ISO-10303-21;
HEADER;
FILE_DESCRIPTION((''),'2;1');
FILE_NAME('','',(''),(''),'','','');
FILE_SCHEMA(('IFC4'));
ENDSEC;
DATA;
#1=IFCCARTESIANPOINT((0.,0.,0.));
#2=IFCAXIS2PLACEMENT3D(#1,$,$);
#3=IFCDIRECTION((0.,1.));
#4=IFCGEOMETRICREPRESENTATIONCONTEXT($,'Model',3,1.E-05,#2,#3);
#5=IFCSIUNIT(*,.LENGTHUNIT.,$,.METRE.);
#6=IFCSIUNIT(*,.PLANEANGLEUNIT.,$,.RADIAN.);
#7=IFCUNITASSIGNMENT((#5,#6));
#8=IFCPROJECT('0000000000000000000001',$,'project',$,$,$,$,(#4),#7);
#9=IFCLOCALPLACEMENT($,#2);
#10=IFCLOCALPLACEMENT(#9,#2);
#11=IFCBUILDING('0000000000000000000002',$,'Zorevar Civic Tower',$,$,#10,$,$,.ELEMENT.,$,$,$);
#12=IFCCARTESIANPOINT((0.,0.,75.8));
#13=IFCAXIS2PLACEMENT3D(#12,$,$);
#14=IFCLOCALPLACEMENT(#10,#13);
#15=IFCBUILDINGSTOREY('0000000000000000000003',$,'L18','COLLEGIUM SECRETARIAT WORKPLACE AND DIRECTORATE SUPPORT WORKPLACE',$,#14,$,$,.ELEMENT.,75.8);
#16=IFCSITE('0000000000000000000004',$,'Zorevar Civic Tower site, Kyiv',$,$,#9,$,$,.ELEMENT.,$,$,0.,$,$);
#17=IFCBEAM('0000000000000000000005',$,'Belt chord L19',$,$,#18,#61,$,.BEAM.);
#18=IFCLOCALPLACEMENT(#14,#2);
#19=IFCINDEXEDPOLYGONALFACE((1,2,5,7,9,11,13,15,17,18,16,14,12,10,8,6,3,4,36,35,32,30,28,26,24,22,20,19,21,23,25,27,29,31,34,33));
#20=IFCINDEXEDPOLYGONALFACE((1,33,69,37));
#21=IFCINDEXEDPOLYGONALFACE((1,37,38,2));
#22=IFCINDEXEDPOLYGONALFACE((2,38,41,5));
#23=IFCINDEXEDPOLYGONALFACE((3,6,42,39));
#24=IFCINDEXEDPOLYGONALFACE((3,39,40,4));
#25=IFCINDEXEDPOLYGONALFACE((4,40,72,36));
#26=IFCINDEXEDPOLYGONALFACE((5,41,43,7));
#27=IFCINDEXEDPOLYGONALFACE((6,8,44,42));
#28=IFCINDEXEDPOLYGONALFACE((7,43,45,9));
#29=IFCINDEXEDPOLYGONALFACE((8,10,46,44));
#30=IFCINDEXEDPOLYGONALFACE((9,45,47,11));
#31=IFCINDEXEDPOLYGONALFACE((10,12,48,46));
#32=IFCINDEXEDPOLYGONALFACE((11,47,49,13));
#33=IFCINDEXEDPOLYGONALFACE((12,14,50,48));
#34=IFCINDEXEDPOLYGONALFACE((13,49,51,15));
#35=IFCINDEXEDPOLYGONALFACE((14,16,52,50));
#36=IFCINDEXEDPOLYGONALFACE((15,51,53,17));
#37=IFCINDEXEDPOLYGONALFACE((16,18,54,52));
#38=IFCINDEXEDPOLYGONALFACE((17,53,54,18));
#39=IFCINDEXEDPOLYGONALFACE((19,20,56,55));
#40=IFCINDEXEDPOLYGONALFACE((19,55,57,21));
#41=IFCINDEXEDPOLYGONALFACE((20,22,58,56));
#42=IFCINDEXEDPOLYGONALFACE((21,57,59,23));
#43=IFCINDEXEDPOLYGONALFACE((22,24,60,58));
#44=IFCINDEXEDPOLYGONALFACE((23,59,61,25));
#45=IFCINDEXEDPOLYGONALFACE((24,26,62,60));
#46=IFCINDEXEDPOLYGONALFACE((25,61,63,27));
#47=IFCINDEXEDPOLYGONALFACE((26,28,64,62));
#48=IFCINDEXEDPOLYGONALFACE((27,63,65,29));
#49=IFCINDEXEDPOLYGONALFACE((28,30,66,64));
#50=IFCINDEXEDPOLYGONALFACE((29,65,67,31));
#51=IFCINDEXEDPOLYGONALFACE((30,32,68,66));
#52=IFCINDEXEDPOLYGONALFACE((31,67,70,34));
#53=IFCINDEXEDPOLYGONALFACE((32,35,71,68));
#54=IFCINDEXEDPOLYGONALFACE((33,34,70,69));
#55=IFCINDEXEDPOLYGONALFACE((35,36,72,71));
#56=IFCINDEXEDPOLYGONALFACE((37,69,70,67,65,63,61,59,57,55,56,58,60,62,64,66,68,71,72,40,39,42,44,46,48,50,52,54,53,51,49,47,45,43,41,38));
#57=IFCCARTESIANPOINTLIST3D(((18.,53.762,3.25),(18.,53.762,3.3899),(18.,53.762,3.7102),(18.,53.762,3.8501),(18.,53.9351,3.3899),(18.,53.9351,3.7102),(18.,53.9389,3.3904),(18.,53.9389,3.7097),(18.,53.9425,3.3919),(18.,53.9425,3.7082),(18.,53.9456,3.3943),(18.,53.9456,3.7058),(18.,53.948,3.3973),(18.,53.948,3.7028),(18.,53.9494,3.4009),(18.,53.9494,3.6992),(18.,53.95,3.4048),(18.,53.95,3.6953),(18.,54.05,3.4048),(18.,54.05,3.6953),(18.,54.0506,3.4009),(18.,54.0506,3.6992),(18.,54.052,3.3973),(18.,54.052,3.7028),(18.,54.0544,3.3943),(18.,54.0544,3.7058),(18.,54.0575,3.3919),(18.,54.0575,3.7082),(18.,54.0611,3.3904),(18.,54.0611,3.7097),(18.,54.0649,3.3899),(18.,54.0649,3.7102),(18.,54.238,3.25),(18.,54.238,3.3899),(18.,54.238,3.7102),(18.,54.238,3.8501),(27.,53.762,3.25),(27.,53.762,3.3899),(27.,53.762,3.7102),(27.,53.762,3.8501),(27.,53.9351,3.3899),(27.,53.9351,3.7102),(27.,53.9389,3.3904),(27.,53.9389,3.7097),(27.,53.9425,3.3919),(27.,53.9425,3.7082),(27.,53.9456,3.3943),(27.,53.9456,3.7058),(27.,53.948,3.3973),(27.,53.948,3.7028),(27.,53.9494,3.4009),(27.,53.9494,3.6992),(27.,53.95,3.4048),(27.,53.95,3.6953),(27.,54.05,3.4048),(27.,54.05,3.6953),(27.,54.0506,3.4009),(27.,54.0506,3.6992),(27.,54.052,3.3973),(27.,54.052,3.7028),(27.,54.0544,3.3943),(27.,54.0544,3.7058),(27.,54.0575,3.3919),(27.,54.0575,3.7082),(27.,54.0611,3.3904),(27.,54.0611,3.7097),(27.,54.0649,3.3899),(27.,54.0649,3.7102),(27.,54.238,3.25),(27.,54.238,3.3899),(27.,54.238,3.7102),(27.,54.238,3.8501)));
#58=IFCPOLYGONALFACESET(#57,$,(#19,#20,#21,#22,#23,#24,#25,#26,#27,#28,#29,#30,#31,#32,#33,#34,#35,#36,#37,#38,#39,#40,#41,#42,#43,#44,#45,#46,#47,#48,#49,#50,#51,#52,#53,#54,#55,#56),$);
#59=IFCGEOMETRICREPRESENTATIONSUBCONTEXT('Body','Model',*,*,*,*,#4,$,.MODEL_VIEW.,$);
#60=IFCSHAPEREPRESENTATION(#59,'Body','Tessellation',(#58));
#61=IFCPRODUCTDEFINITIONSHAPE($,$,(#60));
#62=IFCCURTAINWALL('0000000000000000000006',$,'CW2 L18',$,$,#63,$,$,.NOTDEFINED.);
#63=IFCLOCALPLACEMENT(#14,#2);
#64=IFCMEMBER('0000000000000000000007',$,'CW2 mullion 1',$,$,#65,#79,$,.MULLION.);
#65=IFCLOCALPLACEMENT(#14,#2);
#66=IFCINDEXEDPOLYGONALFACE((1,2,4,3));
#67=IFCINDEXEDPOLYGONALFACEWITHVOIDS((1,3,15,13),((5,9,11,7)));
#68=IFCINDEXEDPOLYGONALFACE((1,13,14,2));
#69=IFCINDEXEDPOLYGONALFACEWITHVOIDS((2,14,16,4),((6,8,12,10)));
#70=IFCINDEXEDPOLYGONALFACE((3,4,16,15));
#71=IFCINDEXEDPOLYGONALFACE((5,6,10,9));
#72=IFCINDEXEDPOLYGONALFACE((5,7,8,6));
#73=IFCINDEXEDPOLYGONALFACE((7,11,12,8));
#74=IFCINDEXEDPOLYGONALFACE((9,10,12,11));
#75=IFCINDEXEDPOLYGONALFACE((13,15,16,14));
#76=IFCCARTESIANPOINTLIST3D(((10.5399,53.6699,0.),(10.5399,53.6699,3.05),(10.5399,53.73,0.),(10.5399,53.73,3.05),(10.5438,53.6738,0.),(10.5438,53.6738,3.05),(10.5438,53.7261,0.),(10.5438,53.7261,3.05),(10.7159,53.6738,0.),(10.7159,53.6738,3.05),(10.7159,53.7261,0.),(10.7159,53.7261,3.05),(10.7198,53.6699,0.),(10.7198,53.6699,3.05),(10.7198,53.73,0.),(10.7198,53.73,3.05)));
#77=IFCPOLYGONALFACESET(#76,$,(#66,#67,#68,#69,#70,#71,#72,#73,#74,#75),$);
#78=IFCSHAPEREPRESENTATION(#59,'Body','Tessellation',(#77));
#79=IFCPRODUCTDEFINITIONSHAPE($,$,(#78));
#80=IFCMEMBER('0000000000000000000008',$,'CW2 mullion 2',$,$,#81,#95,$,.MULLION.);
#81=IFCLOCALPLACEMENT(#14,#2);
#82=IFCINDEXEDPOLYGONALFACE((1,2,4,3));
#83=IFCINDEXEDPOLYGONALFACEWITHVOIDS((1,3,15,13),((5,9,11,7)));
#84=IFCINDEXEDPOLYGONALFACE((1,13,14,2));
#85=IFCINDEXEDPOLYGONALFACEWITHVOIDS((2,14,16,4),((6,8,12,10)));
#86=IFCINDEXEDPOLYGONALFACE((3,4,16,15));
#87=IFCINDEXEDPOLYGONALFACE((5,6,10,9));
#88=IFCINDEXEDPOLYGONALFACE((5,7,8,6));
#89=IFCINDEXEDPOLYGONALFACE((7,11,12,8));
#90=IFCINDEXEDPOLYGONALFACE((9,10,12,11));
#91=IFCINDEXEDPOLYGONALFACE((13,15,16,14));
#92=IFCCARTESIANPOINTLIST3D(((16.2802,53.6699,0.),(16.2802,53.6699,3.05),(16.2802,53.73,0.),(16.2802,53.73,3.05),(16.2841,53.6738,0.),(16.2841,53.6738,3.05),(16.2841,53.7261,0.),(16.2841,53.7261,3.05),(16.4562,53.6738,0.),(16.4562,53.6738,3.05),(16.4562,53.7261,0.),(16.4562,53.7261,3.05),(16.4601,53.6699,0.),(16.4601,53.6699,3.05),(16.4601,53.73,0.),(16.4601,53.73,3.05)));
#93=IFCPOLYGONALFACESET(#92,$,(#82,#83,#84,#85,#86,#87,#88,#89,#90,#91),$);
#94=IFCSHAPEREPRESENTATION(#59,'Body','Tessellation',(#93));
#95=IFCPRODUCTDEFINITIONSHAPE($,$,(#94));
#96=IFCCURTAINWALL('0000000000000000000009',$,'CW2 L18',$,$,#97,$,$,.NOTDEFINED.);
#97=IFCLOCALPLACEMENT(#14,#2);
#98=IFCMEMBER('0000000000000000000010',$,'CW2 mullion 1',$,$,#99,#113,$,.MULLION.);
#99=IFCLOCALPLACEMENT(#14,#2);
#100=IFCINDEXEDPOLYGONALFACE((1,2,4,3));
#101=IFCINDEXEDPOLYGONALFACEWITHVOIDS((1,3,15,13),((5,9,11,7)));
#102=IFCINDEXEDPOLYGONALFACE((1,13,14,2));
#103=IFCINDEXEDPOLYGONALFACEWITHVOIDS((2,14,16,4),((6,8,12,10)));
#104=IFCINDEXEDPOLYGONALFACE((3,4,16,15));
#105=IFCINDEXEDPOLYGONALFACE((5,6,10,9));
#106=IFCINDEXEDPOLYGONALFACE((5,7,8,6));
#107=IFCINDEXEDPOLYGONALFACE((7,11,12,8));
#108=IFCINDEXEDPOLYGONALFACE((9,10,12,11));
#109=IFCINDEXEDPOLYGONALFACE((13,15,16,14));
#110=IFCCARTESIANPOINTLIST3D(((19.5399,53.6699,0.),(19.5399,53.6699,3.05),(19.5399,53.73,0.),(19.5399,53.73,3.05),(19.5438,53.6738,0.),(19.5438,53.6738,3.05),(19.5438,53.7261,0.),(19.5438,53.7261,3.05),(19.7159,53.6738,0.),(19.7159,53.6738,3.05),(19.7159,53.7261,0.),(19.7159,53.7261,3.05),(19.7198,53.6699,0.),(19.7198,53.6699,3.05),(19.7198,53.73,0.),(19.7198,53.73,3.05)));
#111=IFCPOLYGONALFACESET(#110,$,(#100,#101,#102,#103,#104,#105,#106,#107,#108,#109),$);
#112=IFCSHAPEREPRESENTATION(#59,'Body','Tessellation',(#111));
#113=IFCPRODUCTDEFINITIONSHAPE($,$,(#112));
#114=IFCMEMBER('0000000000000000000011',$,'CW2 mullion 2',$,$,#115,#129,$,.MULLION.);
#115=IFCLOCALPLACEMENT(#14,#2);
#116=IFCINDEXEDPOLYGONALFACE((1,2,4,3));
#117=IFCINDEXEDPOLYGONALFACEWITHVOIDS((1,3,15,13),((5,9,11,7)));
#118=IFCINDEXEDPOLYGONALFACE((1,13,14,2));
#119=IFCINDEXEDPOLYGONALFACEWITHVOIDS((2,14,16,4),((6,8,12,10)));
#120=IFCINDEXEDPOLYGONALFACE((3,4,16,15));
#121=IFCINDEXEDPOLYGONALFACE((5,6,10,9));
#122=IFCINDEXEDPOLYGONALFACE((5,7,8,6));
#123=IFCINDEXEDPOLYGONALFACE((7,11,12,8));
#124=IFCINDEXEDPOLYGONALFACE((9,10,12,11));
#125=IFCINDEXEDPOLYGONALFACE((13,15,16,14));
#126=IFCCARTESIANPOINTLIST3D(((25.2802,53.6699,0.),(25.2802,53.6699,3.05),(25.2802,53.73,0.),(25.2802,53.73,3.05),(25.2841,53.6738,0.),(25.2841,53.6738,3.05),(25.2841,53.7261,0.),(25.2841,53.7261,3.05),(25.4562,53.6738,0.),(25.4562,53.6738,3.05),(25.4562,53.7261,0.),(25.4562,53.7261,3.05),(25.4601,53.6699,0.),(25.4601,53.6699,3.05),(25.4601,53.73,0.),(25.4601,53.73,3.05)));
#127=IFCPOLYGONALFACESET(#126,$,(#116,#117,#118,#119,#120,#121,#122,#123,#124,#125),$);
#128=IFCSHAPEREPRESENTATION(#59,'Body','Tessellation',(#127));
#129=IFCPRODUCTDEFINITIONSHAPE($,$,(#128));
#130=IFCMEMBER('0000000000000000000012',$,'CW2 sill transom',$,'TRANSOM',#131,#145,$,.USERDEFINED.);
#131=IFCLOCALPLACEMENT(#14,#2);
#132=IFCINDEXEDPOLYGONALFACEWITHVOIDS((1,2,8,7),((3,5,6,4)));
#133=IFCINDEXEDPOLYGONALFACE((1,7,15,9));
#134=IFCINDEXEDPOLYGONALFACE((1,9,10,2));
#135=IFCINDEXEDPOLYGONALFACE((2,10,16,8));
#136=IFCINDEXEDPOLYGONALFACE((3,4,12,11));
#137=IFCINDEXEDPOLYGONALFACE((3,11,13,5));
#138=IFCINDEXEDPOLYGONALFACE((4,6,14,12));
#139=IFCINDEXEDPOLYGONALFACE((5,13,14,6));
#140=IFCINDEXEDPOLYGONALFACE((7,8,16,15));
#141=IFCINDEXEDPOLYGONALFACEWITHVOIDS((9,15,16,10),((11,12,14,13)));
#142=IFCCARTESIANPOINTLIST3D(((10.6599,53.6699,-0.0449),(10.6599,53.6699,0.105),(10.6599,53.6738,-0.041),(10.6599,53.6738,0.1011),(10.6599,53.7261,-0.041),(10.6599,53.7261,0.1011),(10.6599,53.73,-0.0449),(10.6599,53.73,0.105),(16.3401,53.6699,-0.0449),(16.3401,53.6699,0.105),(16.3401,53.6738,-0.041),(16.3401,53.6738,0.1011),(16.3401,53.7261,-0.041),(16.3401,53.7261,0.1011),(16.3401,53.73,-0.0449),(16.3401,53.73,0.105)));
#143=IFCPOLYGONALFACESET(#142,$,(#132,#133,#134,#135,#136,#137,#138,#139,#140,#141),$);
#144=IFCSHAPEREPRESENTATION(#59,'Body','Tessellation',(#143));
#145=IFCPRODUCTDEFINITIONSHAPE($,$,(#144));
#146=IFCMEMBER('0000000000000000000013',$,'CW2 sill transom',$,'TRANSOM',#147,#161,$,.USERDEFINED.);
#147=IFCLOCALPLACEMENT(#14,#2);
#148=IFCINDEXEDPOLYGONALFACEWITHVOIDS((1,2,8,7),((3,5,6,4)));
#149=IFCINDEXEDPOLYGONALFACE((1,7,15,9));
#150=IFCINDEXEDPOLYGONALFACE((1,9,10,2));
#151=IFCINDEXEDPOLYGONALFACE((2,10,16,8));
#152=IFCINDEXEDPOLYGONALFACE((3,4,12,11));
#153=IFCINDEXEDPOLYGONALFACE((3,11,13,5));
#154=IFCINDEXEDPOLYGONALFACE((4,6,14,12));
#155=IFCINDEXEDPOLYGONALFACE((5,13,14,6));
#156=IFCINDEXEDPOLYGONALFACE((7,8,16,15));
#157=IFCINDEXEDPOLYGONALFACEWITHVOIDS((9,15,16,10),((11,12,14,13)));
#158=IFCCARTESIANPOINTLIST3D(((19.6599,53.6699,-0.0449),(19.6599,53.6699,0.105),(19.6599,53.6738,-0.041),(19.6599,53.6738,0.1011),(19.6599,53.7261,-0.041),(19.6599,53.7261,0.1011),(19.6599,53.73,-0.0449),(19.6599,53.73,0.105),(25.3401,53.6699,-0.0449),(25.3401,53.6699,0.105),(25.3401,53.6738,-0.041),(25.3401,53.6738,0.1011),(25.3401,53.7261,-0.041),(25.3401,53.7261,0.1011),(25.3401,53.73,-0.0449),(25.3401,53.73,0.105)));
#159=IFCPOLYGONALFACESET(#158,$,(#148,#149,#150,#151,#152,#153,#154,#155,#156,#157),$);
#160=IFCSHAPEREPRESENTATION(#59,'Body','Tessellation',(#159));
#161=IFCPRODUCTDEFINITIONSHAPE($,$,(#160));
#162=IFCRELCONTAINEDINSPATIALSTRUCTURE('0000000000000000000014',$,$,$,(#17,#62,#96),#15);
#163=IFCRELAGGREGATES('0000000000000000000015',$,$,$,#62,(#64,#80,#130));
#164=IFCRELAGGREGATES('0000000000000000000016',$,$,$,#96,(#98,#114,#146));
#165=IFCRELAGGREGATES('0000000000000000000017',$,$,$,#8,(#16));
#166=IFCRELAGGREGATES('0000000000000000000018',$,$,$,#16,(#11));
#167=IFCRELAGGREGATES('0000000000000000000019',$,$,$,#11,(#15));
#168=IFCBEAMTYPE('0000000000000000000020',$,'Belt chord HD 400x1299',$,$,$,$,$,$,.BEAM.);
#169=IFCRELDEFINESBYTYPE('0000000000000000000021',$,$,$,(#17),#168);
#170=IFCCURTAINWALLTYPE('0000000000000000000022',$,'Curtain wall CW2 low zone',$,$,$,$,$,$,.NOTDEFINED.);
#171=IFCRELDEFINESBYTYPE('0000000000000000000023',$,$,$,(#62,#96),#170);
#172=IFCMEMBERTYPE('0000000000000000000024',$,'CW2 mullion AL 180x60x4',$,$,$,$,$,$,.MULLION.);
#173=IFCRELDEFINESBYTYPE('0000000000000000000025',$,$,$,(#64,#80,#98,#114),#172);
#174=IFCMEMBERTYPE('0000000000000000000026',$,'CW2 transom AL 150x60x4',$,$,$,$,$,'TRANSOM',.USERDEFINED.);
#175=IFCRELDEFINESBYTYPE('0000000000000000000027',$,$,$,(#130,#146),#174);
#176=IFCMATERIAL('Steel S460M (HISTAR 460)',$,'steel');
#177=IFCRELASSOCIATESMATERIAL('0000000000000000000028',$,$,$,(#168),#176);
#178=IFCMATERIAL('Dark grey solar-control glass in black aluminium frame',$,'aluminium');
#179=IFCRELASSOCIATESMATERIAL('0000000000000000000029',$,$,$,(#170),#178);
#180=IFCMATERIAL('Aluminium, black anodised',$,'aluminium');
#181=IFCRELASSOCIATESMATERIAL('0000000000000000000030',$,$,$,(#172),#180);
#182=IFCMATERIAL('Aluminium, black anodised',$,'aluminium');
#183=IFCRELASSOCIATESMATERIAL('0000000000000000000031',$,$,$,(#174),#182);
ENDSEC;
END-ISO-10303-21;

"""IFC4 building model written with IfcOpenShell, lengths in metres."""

from ifc_helpers import new_model, si_unit, direction, frame, origin, origin_2d, place, context, subcontext, project, spatial, hollow_rectangle, i_section, extrude, material, material_profile, profile_set, type_object, element, aggregate, save


model = new_model("IFC4")

# Units and contexts
model_context = context("Model", 3, precision=1e-05, world=origin(), true_north=direction((0.0, 1.0)))
body_context = subcontext(model_context, "Body", "Model", "MODEL_VIEW")
ifc_project = project(units=[si_unit("LENGTHUNIT", "METRE"), si_unit("PLANEANGLEUNIT", "RADIAN")], contexts=[model_context])

# Site, building, storey
site_placement = place(None, origin())
site = spatial("IfcSite", under=ifc_project, at=site_placement, Name="Zorevar Civic Tower site, Kyiv", CompositionType="ELEMENT", RefElevation=0.0)
building_placement = place(site_placement, origin())
building = spatial("IfcBuilding", under=site, at=building_placement, Name="Zorevar Civic Tower", CompositionType="ELEMENT")
storey_placement = place(building_placement, frame((0.0, 0.0, 75.8)))
storey = spatial("IfcBuildingStorey", under=building, at=storey_placement, Name="L18", Description="COLLEGIUM SECRETARIAT WORKPLACE AND DIRECTORATE SUPPORT WORKPLACE", CompositionType="ELEMENT", Elevation=75.8)

# Beam
ifc_material_1 = material(Name="Steel S460M (HISTAR 460)", Category="steel")
ifc_material_profile_1 = material_profile(ifc_material_1, i_section(OverallWidth=0.4761, OverallDepth=0.6001, WebThickness=0.1001, FlangeThickness=0.1399, FilletRadius=0.0149, at=origin_2d()), Name="HD 400x1299")
ifc_profile_set_1 = profile_set([ifc_material_profile_1], Name="Steel S460M (HISTAR 460)")
beam_type_1 = type_object("IfcBeamType", Name="Belt chord HD 400x1299", PredefinedType="BEAM", material=ifc_profile_set_1)
for number, where, z_axis, x_axis, name in (
    (1, (18.0, 54.0, 3.55), (1.0, 0.0, 0.0), (0.0, 1.0, 0.0), "Belt chord L19"),
):
    element("IfcBeam", number, at=place(storey_placement, frame(where, z_axis=z_axis, x_axis=x_axis)), inside=storey, type_object=beam_type_1, Name=name, PredefinedType="BEAM", context=body_context, shape_type="SweptSolid", body=[
        extrude(i_section(OverallWidth=0.4761, OverallDepth=0.6001, WebThickness=0.1001, FlangeThickness=0.1399, FilletRadius=0.0149, at=origin_2d()), origin(), (0.0, 0.0, 1.0), 9.0),
    ])

# Curtain walls, members
ifc_material_2 = material(Name="Dark grey solar-control glass in black aluminium frame", Category="aluminium")
curtain_wall_type = type_object("IfcCurtainWallType", Name="Curtain wall CW2 low zone", PredefinedType="NOTDEFINED", material=ifc_material_2)
curtain_wall_1_placement = place(storey_placement, origin())
curtain_wall_1 = element("IfcCurtainWall", 2, at=curtain_wall_1_placement, inside=storey, type_object=curtain_wall_type, Name="CW2 L18", PredefinedType="NOTDEFINED")
ifc_material_3 = material(Name="Aluminium, black anodised", Category="aluminium")
ifc_material_profile_2 = material_profile(ifc_material_3, hollow_rectangle(XDim=0.0601, YDim=0.1799, WallThickness=0.0039, at=origin_2d()), Name="AL 180x60x4")
ifc_profile_set_2 = profile_set([ifc_material_profile_2], Name="Aluminium, black anodised")
member_type_1 = type_object("IfcMemberType", Name="CW2 mullion AL 180x60x4", PredefinedType="MULLION", material=ifc_profile_set_2)
member_1_placement = place(storey_placement, frame((10.6299, 53.7, 0.0), z_axis=(0.0, 0.0, 1.0), x_axis=(0.0, 1.0, 0.0)))
member_1 = element("IfcMember", 3, at=member_1_placement, type_object=member_type_1, Name="CW2 mullion 1", PredefinedType="MULLION", context=body_context, shape_type="SweptSolid", body=[
    extrude(hollow_rectangle(XDim=0.0601, YDim=0.1799, WallThickness=0.0039, at=origin_2d()), origin(), (0.0, 0.0, 1.0), 3.05),
])
member_2_placement = place(storey_placement, frame((16.3701, 53.7, 0.0), z_axis=(0.0, 0.0, 1.0), x_axis=(0.0, 1.0, 0.0)))
member_2 = element("IfcMember", 4, at=member_2_placement, type_object=member_type_1, Name="CW2 mullion 2", PredefinedType="MULLION", context=body_context, shape_type="SweptSolid", body=[
    extrude(hollow_rectangle(XDim=0.0601, YDim=0.1799, WallThickness=0.0039, at=origin_2d()), origin(), (0.0, 0.0, 1.0), 3.05),
])
curtain_wall_2_placement = place(storey_placement, origin())
curtain_wall_2 = element("IfcCurtainWall", 5, at=curtain_wall_2_placement, inside=storey, type_object=curtain_wall_type, Name="CW2 L18", PredefinedType="NOTDEFINED")
member_3_placement = place(storey_placement, frame((19.6299, 53.7, 0.0), z_axis=(0.0, 0.0, 1.0), x_axis=(0.0, 1.0, 0.0)))
member_3 = element("IfcMember", 6, at=member_3_placement, type_object=member_type_1, Name="CW2 mullion 1", PredefinedType="MULLION", context=body_context, shape_type="SweptSolid", body=[
    extrude(hollow_rectangle(XDim=0.0601, YDim=0.1799, WallThickness=0.0039, at=origin_2d()), origin(), (0.0, 0.0, 1.0), 3.05),
])
member_4_placement = place(storey_placement, frame((25.3701, 53.7, 0.0), z_axis=(0.0, 0.0, 1.0), x_axis=(0.0, 1.0, 0.0)))
member_4 = element("IfcMember", 7, at=member_4_placement, type_object=member_type_1, Name="CW2 mullion 2", PredefinedType="MULLION", context=body_context, shape_type="SweptSolid", body=[
    extrude(hollow_rectangle(XDim=0.0601, YDim=0.1799, WallThickness=0.0039, at=origin_2d()), origin(), (0.0, 0.0, 1.0), 3.05),
])

# Members
ifc_material_4 = material(Name="Aluminium, black anodised", Category="aluminium")
ifc_material_profile_3 = material_profile(ifc_material_4, hollow_rectangle(XDim=0.0601, YDim=0.1499, WallThickness=0.0039, at=origin_2d()), Name="AL 150x60x4")
ifc_profile_set_3 = profile_set([ifc_material_profile_3], Name="Aluminium, black anodised")
member_type_2 = type_object("IfcMemberType", Name="CW2 transom AL 150x60x4", ElementType="TRANSOM", PredefinedType="USERDEFINED", material=ifc_profile_set_3)
member_5_placement = place(storey_placement, frame((10.6599, 53.7, 0.03), z_axis=(1.0, 0.0, 0.0), x_axis=(0.0, 1.0, 0.0)))
member_5 = element("IfcMember", 8, at=member_5_placement, type_object=member_type_2, Name="CW2 sill transom", ObjectType="TRANSOM", PredefinedType="USERDEFINED", context=body_context, shape_type="SweptSolid", body=[
    extrude(hollow_rectangle(XDim=0.0601, YDim=0.1499, WallThickness=0.0039, at=origin_2d()), origin(), (0.0, 0.0, 1.0), 5.6802),
])
member_6_placement = place(storey_placement, frame((19.6599, 53.7, 0.03), z_axis=(1.0, 0.0, 0.0), x_axis=(0.0, 1.0, 0.0)))
member_6 = element("IfcMember", 9, at=member_6_placement, type_object=member_type_2, Name="CW2 sill transom", ObjectType="TRANSOM", PredefinedType="USERDEFINED", context=body_context, shape_type="SweptSolid", body=[
    extrude(hollow_rectangle(XDim=0.0601, YDim=0.1499, WallThickness=0.0039, at=origin_2d()), origin(), (0.0, 0.0, 1.0), 5.6802),
])

aggregate(curtain_wall_1, [member_1, member_2, member_5])
aggregate(curtain_wall_2, [member_3, member_4, member_6])

save(model, "model.ifc")
